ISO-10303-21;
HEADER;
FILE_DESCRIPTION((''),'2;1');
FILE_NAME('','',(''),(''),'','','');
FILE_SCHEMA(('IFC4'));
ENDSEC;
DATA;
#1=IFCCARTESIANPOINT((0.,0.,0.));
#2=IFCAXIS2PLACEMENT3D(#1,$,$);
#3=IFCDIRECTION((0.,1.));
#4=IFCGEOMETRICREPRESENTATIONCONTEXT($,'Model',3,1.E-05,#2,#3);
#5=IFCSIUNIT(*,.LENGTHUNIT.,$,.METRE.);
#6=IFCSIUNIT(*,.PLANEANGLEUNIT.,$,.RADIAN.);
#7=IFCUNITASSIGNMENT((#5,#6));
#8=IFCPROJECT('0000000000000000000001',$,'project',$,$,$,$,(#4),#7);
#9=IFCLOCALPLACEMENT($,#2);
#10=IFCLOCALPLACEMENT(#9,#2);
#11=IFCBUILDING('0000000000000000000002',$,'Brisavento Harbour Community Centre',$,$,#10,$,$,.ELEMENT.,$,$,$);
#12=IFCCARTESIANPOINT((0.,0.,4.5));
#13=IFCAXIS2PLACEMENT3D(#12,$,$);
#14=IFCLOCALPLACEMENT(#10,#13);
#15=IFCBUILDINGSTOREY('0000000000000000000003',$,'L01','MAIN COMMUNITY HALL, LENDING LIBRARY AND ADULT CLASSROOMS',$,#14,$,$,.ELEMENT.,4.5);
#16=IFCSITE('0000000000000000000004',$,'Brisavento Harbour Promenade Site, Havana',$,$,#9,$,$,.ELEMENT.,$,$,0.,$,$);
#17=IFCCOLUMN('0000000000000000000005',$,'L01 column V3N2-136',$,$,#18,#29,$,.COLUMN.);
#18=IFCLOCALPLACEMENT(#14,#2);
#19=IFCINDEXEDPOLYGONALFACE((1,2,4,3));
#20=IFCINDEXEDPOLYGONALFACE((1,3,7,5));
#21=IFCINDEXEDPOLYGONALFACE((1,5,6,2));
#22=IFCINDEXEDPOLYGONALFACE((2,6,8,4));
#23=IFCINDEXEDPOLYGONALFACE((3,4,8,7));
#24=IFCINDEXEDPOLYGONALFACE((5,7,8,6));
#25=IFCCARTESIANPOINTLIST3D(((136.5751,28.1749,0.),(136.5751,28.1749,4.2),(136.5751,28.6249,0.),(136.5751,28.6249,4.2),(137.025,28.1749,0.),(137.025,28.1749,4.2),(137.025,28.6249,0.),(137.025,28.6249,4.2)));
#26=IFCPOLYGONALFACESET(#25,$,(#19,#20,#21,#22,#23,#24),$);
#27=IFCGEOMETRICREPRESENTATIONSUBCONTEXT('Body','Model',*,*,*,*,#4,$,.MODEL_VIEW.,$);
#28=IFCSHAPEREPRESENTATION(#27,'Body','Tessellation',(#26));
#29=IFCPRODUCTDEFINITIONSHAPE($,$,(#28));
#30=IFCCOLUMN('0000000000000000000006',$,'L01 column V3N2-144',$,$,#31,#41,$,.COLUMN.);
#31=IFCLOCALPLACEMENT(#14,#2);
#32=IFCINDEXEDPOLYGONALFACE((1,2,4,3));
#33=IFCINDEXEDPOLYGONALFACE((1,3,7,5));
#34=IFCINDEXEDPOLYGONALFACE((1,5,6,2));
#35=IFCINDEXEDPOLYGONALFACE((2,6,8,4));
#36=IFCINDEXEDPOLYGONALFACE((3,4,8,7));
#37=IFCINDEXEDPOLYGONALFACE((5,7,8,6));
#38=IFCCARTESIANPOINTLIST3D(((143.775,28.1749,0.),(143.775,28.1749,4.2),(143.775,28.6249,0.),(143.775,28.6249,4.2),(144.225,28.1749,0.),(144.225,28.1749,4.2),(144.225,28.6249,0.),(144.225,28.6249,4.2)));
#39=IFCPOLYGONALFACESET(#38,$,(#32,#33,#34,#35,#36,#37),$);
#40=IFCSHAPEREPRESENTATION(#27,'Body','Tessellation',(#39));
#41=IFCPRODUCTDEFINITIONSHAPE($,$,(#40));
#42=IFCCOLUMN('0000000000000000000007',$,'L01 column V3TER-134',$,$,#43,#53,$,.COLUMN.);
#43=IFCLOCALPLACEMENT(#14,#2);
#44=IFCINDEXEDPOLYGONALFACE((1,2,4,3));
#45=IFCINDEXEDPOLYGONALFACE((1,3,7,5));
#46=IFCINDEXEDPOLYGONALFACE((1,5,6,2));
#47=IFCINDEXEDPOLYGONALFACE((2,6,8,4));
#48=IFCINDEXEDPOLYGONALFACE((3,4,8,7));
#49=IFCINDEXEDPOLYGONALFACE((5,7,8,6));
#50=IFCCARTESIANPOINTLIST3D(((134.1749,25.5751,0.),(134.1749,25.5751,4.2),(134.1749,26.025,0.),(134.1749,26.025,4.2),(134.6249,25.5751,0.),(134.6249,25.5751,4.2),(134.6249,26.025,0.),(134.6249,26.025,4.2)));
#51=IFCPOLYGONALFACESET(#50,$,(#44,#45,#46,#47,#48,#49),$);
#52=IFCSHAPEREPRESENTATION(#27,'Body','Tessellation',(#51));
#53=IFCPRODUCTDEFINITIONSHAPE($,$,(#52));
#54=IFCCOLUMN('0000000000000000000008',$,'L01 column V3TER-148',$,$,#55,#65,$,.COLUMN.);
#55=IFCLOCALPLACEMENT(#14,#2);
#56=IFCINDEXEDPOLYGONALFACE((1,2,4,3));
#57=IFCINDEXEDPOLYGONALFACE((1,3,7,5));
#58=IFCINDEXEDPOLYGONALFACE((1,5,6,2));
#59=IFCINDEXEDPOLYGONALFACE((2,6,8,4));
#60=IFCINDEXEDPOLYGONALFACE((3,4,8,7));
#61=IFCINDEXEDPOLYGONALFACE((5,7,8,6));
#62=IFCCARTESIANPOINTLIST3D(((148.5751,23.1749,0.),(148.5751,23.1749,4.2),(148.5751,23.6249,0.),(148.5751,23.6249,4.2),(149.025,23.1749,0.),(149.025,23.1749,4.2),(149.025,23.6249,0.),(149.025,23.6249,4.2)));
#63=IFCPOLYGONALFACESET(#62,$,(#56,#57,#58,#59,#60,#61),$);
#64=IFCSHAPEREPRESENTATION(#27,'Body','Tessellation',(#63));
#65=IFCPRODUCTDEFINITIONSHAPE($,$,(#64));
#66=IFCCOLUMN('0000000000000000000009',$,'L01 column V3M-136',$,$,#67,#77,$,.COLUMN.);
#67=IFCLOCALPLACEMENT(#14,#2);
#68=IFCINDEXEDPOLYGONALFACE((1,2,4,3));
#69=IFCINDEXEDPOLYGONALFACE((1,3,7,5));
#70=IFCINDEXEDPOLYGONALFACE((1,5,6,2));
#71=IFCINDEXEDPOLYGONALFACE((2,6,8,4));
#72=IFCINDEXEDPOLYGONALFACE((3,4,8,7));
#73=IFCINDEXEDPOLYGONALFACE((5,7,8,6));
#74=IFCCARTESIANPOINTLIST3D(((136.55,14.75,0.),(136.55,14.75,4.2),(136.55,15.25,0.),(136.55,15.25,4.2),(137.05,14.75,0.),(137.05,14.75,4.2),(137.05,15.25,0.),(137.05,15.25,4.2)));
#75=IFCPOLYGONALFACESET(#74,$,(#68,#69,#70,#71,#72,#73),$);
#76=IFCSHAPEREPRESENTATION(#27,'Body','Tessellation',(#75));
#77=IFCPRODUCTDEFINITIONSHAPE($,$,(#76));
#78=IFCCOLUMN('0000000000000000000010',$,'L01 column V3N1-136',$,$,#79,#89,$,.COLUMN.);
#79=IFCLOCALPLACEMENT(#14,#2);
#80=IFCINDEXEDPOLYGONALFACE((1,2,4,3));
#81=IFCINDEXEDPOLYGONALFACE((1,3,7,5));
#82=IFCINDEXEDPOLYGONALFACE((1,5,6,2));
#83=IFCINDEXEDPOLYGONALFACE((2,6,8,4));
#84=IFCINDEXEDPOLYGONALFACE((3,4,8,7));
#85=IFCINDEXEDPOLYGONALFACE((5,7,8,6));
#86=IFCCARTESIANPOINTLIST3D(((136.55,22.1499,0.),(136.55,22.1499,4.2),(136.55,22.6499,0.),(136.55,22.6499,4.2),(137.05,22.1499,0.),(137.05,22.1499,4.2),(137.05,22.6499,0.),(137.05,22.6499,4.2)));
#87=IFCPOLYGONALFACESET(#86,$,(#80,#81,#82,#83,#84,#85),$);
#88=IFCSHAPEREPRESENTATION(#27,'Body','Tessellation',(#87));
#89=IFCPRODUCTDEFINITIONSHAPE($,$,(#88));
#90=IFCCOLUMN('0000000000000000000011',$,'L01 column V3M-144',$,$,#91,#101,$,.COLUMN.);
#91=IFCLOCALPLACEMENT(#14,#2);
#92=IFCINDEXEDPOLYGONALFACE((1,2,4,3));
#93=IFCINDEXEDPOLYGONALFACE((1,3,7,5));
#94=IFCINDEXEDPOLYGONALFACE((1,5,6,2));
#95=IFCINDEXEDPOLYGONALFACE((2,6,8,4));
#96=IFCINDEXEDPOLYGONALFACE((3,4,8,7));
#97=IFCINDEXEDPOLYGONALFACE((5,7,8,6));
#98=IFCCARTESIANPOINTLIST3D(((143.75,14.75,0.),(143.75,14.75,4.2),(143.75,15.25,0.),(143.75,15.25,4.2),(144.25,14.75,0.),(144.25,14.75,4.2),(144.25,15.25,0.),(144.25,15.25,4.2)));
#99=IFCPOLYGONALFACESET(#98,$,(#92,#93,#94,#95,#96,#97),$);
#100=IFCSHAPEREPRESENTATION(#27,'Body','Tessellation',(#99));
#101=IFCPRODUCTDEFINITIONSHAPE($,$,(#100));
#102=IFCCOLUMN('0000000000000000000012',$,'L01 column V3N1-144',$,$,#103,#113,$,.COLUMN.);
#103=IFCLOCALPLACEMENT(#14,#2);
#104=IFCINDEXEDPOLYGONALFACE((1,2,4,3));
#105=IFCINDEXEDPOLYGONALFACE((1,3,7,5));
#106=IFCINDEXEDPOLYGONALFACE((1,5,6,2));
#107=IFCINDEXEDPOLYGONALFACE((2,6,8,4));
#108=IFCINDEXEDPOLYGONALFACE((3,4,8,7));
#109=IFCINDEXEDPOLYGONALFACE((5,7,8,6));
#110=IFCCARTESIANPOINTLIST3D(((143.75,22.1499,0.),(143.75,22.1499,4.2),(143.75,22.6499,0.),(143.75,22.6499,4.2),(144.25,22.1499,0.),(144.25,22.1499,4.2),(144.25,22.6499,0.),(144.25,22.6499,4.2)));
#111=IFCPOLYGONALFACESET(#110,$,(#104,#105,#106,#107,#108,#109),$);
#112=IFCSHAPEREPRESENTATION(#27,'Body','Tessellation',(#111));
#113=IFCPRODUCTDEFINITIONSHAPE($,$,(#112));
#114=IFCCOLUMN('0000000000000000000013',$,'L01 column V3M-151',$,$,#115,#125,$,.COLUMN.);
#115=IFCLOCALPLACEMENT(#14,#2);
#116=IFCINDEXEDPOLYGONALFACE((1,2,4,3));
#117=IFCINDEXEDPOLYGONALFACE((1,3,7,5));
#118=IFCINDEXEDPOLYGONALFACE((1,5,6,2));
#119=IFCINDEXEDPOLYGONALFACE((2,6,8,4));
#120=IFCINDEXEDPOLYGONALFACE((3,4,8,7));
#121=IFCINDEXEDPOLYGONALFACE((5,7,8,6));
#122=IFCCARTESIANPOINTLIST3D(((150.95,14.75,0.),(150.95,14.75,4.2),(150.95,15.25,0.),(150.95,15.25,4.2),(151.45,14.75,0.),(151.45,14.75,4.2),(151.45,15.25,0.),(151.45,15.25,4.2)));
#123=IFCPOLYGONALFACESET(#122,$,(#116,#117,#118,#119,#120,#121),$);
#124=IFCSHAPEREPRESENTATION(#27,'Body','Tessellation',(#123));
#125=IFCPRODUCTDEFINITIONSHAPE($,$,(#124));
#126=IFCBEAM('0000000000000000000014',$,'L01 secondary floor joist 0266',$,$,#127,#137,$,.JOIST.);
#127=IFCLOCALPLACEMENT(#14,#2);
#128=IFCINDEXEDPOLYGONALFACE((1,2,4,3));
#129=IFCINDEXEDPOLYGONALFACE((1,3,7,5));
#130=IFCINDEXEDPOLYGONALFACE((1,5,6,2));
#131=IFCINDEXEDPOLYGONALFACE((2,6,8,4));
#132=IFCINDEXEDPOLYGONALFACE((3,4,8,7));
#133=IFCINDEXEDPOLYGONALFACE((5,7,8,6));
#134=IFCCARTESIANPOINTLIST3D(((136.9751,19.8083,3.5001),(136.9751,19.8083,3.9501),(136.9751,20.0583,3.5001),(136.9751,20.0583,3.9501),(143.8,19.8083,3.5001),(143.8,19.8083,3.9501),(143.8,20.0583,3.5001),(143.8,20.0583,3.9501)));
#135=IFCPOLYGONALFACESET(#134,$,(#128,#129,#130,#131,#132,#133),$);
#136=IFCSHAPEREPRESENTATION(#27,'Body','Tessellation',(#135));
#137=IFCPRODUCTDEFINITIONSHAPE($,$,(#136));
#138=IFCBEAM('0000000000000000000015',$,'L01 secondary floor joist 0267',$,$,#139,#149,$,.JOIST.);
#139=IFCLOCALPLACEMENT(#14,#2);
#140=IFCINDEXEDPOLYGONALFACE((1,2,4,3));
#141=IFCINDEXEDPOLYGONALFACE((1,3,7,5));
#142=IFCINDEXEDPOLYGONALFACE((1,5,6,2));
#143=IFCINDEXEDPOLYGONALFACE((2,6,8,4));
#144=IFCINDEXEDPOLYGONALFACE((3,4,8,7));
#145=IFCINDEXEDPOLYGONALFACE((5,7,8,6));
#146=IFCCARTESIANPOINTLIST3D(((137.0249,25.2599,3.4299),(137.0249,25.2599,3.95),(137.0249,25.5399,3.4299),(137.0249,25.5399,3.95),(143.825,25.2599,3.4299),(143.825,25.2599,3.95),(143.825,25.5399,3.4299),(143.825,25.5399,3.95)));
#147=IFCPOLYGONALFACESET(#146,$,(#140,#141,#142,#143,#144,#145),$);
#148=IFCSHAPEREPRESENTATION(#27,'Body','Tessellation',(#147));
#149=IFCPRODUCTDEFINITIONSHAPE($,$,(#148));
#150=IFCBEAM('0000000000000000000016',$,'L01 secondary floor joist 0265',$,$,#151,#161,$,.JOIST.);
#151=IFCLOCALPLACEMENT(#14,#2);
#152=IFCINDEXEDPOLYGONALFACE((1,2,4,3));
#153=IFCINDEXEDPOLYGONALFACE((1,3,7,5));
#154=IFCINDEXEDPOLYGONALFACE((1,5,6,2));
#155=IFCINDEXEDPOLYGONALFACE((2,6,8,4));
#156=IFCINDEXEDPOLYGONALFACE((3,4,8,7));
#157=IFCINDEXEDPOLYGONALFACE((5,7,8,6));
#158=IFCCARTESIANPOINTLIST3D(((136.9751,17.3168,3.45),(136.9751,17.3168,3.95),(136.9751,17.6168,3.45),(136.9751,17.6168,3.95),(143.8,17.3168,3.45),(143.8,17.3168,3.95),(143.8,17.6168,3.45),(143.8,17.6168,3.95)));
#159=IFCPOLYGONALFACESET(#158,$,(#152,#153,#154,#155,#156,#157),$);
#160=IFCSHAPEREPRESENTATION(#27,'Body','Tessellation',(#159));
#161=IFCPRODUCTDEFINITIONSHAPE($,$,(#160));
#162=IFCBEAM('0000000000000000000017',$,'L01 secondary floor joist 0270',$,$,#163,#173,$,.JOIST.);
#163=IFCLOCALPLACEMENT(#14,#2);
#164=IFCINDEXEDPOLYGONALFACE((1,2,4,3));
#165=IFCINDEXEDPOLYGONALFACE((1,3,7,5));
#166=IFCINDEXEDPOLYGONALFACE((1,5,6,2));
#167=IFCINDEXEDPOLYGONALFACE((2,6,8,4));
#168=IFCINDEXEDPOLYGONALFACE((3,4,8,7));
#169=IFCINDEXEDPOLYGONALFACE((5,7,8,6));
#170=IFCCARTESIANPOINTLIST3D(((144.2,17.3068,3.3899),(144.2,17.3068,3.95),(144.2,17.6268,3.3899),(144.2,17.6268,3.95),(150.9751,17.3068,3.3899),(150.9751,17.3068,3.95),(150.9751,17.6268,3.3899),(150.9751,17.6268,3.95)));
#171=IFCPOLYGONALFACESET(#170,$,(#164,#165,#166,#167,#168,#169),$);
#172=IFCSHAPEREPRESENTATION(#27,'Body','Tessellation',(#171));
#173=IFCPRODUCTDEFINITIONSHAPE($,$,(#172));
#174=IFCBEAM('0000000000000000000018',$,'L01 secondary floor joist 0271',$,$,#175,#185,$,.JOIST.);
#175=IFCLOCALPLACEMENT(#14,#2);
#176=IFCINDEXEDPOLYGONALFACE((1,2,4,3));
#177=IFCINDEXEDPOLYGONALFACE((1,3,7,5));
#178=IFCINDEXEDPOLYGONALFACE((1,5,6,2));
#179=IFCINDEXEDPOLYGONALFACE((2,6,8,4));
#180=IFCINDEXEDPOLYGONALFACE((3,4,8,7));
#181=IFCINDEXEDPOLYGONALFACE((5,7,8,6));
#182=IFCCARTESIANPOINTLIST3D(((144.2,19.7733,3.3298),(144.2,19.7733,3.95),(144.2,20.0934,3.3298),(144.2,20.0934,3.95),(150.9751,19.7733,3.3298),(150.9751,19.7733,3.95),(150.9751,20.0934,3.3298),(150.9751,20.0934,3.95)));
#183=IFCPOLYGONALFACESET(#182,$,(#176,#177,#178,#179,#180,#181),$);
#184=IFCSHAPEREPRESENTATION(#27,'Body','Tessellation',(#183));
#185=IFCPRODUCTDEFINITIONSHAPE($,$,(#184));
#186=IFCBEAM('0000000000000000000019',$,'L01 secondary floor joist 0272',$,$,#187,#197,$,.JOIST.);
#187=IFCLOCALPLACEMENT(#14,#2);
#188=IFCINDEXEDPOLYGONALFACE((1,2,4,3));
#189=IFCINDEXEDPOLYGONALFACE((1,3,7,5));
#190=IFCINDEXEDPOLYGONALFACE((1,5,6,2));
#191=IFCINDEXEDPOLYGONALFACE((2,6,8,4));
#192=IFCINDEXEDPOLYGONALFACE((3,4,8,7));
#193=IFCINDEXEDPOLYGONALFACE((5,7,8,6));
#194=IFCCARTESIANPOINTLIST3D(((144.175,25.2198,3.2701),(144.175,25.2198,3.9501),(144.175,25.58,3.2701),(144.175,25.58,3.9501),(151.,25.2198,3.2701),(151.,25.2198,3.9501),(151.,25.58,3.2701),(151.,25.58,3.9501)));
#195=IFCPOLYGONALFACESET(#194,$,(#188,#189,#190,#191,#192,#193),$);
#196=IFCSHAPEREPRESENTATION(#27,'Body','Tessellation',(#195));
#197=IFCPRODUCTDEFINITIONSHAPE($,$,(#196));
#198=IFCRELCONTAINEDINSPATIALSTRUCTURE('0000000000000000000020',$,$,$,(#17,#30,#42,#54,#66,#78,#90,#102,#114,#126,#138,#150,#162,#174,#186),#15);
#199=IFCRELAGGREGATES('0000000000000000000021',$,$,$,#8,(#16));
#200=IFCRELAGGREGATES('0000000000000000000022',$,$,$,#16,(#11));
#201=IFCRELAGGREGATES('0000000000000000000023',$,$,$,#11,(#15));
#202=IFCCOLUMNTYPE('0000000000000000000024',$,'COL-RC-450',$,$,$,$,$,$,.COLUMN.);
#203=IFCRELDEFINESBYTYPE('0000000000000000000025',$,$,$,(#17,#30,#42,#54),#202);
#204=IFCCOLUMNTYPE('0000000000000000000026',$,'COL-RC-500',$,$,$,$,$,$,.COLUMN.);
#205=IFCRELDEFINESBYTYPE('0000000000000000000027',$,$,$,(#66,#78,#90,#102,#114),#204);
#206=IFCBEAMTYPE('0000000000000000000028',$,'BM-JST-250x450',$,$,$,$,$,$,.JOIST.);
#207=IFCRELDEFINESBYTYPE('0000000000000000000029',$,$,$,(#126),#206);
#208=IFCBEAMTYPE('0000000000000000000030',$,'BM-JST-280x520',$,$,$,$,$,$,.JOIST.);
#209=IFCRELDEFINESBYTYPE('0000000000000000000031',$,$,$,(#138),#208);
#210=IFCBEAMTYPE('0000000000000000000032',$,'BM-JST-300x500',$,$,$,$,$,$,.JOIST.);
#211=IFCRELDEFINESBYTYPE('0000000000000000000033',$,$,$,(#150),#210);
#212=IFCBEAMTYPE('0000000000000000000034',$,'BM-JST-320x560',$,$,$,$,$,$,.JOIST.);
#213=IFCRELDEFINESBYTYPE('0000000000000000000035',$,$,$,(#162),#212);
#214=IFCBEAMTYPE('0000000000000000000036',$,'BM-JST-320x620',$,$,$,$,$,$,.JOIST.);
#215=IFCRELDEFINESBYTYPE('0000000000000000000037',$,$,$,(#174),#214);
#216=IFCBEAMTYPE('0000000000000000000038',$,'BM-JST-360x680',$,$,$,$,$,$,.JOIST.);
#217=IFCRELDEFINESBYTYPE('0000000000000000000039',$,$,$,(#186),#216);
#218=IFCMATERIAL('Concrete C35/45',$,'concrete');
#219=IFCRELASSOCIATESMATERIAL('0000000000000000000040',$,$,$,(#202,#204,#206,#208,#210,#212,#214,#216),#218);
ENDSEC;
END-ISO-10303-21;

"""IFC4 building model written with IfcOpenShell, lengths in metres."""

from ifc_helpers import new_model, si_unit, direction, frame, origin, origin_2d, place, context, subcontext, project, spatial, rectangle, extrude, material, material_profile, profile_set, type_object, element, save


model = new_model("IFC4")

# Units and contexts
model_context = context("Model", 3, precision=1e-05, world=origin(), true_north=direction((0.0, 1.0)))
body_context = subcontext(model_context, "Body", "Model", "MODEL_VIEW")
ifc_project = project(units=[si_unit("LENGTHUNIT", "METRE"), si_unit("PLANEANGLEUNIT", "RADIAN")], contexts=[model_context])

# Site, building, storey
site_placement = place(None, origin())
site = spatial("IfcSite", under=ifc_project, at=site_placement, Name="Brisavento Harbour Promenade Site, Havana", CompositionType="ELEMENT", RefElevation=0.0)
building_placement = place(site_placement, origin())
building = spatial("IfcBuilding", under=site, at=building_placement, Name="Brisavento Harbour Community Centre", CompositionType="ELEMENT")
storey_placement = place(building_placement, frame((0.0, 0.0, 4.5)))
storey = spatial("IfcBuildingStorey", under=building, at=storey_placement, Name="L01", Description="MAIN COMMUNITY HALL, LENDING LIBRARY AND ADULT CLASSROOMS", CompositionType="ELEMENT", Elevation=4.5)

# Columns
ifc_material_1 = material(Name="Concrete C35/45", Category="concrete")
ifc_material_profile_1 = material_profile(ifc_material_1, rectangle(XDim=0.45, YDim=0.45, at=origin_2d()), Name="Concrete C35/45")
ifc_profile_set_1 = profile_set([ifc_material_profile_1], Name="Concrete C35/45")
column_type_1 = type_object("IfcColumnType", Name="COL-RC-450", PredefinedType="COLUMN", material=ifc_profile_set_1)
for number, where, z_axis, x_axis, name in (
    (1, (136.8, 28.3999, 0.0), (0.0, 0.0, 1.0), (1.0, 0.0, 0.0), "L01 column V3N2-136"),
    (2, (144.0, 28.3999, 0.0), (0.0, 0.0, 1.0), (1.0, 0.0, 0.0), "L01 column V3N2-144"),
    (3, (134.3999, 25.8, 0.0), (0.0, 0.0, 1.0), (1.0, 0.0, 0.0), "L01 column V3TER-134"),
    (4, (148.8, 23.3999, 0.0), (0.0, 0.0, 1.0), (1.0, 0.0, 0.0), "L01 column V3TER-148"),
):
    element("IfcColumn", number, at=place(storey_placement, frame(where, z_axis=z_axis, x_axis=x_axis)), inside=storey, type_object=column_type_1, Name=name, PredefinedType="COLUMN", context=body_context, shape_type="SweptSolid", body=[
        extrude(rectangle(XDim=0.45, YDim=0.45, at=origin_2d()), origin(), (0.0, 0.0, 1.0), 4.2),
    ])
ifc_material_profile_2 = material_profile(ifc_material_1, rectangle(XDim=0.5, YDim=0.5, at=origin_2d()), Name="Concrete C35/45")
ifc_profile_set_2 = profile_set([ifc_material_profile_2], Name="Concrete C35/45")
column_type_2 = type_object("IfcColumnType", Name="COL-RC-500", PredefinedType="COLUMN", material=ifc_profile_set_2)
for number, where, z_axis, x_axis, name in (
    (5, (136.8, 15.0, 0.0), (0.0, 0.0, 1.0), (1.0, 0.0, 0.0), "L01 column V3M-136"),
    (6, (136.8, 22.3999, 0.0), (0.0, 0.0, 1.0), (1.0, 0.0, 0.0), "L01 column V3N1-136"),
    (7, (144.0, 15.0, 0.0), (0.0, 0.0, 1.0), (1.0, 0.0, 0.0), "L01 column V3M-144"),
    (8, (144.0, 22.3999, 0.0), (0.0, 0.0, 1.0), (1.0, 0.0, 0.0), "L01 column V3N1-144"),
    (9, (151.2, 15.0, 0.0), (0.0, 0.0, 1.0), (1.0, 0.0, 0.0), "L01 column V3M-151"),
):
    element("IfcColumn", number, at=place(storey_placement, frame(where, z_axis=z_axis, x_axis=x_axis)), inside=storey, type_object=column_type_2, Name=name, PredefinedType="COLUMN", context=body_context, shape_type="SweptSolid", body=[
        extrude(rectangle(XDim=0.5, YDim=0.5, at=origin_2d()), origin(), (0.0, 0.0, 1.0), 4.2),
    ])

# Beams
ifc_material_profile_3 = material_profile(ifc_material_1, rectangle(XDim=0.25, YDim=0.45, at=origin_2d()), Name="Concrete C35/45")
ifc_profile_set_3 = profile_set([ifc_material_profile_3], Name="Concrete C35/45")
beam_type_1 = type_object("IfcBeamType", Name="BM-JST-250x450", PredefinedType="JOIST", material=ifc_profile_set_3)
beam_1_placement = place(storey_placement, frame((136.9751, 19.9333, 3.7251), z_axis=(1.0, 0.0, 0.0), x_axis=(0.0, 1.0, 0.0)))
element("IfcBeam", 10, at=beam_1_placement, inside=storey, type_object=beam_type_1, Name="L01 secondary floor joist 0266", PredefinedType="JOIST", context=body_context, shape_type="SweptSolid", body=[
    extrude(rectangle(XDim=0.25, YDim=0.45, at=origin_2d()), origin(), (0.0, 0.0, 1.0), 6.825),
])
ifc_material_profile_4 = material_profile(ifc_material_1, rectangle(XDim=0.28, YDim=0.52, at=origin_2d()), Name="Concrete C35/45")
ifc_profile_set_4 = profile_set([ifc_material_profile_4], Name="Concrete C35/45")
beam_type_2 = type_object("IfcBeamType", Name="BM-JST-280x520", PredefinedType="JOIST", material=ifc_profile_set_4)
beam_2_placement = place(storey_placement, frame((137.0249, 25.3999, 3.6899), z_axis=(1.0, 0.0, 0.0), x_axis=(0.0, 1.0, 0.0)))
element("IfcBeam", 11, at=beam_2_placement, inside=storey, type_object=beam_type_2, Name="L01 secondary floor joist 0267", PredefinedType="JOIST", context=body_context, shape_type="SweptSolid", body=[
    extrude(rectangle(XDim=0.28, YDim=0.52, at=origin_2d()), origin(), (0.0, 0.0, 1.0), 6.8),
])
ifc_material_profile_5 = material_profile(ifc_material_1, rectangle(XDim=0.3, YDim=0.5, at=origin_2d()), Name="Concrete C35/45")
ifc_profile_set_5 = profile_set([ifc_material_profile_5], Name="Concrete C35/45")
beam_type_3 = type_object("IfcBeamType", Name="BM-JST-300x500", PredefinedType="JOIST", material=ifc_profile_set_5)
beam_3_placement = place(storey_placement, frame((136.9751, 17.4668, 3.7), z_axis=(1.0, 0.0, 0.0), x_axis=(0.0, 1.0, 0.0)))
element("IfcBeam", 12, at=beam_3_placement, inside=storey, type_object=beam_type_3, Name="L01 secondary floor joist 0265", PredefinedType="JOIST", context=body_context, shape_type="SweptSolid", body=[
    extrude(rectangle(XDim=0.3, YDim=0.5, at=origin_2d()), origin(), (0.0, 0.0, 1.0), 6.825),
])
ifc_material_profile_6 = material_profile(ifc_material_1, rectangle(XDim=0.3201, YDim=0.5601, at=origin_2d()), Name="Concrete C35/45")
ifc_profile_set_6 = profile_set([ifc_material_profile_6], Name="Concrete C35/45")
beam_type_4 = type_object("IfcBeamType", Name="BM-JST-320x560", PredefinedType="JOIST", material=ifc_profile_set_6)
beam_4_placement = place(storey_placement, frame((144.2, 17.4668, 3.6699), z_axis=(1.0, 0.0, 0.0), x_axis=(0.0, 1.0, 0.0)))
element("IfcBeam", 13, at=beam_4_placement, inside=storey, type_object=beam_type_4, Name="L01 secondary floor joist 0270", PredefinedType="JOIST", context=body_context, shape_type="SweptSolid", body=[
    extrude(rectangle(XDim=0.3201, YDim=0.5601, at=origin_2d()), origin(), (0.0, 0.0, 1.0), 6.7751),
])
ifc_material_profile_7 = material_profile(ifc_material_1, rectangle(XDim=0.3201, YDim=0.6201, at=origin_2d()), Name="Concrete C35/45")
ifc_profile_set_7 = profile_set([ifc_material_profile_7], Name="Concrete C35/45")
beam_type_5 = type_object("IfcBeamType", Name="BM-JST-320x620", PredefinedType="JOIST", material=ifc_profile_set_7)
beam_5_placement = place(storey_placement, frame((144.2, 19.9333, 3.6399), z_axis=(1.0, 0.0, 0.0), x_axis=(0.0, 1.0, 0.0)))
element("IfcBeam", 14, at=beam_5_placement, inside=storey, type_object=beam_type_5, Name="L01 secondary floor joist 0271", PredefinedType="JOIST", context=body_context, shape_type="SweptSolid", body=[
    extrude(rectangle(XDim=0.3201, YDim=0.6201, at=origin_2d()), origin(), (0.0, 0.0, 1.0), 6.7751),
])
ifc_material_profile_8 = material_profile(ifc_material_1, rectangle(XDim=0.3601, YDim=0.6799, at=origin_2d()), Name="Concrete C35/45")
ifc_profile_set_8 = profile_set([ifc_material_profile_8], Name="Concrete C35/45")
beam_type_6 = type_object("IfcBeamType", Name="BM-JST-360x680", PredefinedType="JOIST", material=ifc_profile_set_8)
beam_6_placement = place(storey_placement, frame((144.175, 25.3999, 3.6101), z_axis=(1.0, 0.0, 0.0), x_axis=(0.0, 1.0, 0.0)))
element("IfcBeam", 15, at=beam_6_placement, inside=storey, type_object=beam_type_6, Name="L01 secondary floor joist 0272", PredefinedType="JOIST", context=body_context, shape_type="SweptSolid", body=[
    extrude(rectangle(XDim=0.3601, YDim=0.6799, at=origin_2d()), origin(), (0.0, 0.0, 1.0), 6.825),
])

save(model, "model.ifc")
